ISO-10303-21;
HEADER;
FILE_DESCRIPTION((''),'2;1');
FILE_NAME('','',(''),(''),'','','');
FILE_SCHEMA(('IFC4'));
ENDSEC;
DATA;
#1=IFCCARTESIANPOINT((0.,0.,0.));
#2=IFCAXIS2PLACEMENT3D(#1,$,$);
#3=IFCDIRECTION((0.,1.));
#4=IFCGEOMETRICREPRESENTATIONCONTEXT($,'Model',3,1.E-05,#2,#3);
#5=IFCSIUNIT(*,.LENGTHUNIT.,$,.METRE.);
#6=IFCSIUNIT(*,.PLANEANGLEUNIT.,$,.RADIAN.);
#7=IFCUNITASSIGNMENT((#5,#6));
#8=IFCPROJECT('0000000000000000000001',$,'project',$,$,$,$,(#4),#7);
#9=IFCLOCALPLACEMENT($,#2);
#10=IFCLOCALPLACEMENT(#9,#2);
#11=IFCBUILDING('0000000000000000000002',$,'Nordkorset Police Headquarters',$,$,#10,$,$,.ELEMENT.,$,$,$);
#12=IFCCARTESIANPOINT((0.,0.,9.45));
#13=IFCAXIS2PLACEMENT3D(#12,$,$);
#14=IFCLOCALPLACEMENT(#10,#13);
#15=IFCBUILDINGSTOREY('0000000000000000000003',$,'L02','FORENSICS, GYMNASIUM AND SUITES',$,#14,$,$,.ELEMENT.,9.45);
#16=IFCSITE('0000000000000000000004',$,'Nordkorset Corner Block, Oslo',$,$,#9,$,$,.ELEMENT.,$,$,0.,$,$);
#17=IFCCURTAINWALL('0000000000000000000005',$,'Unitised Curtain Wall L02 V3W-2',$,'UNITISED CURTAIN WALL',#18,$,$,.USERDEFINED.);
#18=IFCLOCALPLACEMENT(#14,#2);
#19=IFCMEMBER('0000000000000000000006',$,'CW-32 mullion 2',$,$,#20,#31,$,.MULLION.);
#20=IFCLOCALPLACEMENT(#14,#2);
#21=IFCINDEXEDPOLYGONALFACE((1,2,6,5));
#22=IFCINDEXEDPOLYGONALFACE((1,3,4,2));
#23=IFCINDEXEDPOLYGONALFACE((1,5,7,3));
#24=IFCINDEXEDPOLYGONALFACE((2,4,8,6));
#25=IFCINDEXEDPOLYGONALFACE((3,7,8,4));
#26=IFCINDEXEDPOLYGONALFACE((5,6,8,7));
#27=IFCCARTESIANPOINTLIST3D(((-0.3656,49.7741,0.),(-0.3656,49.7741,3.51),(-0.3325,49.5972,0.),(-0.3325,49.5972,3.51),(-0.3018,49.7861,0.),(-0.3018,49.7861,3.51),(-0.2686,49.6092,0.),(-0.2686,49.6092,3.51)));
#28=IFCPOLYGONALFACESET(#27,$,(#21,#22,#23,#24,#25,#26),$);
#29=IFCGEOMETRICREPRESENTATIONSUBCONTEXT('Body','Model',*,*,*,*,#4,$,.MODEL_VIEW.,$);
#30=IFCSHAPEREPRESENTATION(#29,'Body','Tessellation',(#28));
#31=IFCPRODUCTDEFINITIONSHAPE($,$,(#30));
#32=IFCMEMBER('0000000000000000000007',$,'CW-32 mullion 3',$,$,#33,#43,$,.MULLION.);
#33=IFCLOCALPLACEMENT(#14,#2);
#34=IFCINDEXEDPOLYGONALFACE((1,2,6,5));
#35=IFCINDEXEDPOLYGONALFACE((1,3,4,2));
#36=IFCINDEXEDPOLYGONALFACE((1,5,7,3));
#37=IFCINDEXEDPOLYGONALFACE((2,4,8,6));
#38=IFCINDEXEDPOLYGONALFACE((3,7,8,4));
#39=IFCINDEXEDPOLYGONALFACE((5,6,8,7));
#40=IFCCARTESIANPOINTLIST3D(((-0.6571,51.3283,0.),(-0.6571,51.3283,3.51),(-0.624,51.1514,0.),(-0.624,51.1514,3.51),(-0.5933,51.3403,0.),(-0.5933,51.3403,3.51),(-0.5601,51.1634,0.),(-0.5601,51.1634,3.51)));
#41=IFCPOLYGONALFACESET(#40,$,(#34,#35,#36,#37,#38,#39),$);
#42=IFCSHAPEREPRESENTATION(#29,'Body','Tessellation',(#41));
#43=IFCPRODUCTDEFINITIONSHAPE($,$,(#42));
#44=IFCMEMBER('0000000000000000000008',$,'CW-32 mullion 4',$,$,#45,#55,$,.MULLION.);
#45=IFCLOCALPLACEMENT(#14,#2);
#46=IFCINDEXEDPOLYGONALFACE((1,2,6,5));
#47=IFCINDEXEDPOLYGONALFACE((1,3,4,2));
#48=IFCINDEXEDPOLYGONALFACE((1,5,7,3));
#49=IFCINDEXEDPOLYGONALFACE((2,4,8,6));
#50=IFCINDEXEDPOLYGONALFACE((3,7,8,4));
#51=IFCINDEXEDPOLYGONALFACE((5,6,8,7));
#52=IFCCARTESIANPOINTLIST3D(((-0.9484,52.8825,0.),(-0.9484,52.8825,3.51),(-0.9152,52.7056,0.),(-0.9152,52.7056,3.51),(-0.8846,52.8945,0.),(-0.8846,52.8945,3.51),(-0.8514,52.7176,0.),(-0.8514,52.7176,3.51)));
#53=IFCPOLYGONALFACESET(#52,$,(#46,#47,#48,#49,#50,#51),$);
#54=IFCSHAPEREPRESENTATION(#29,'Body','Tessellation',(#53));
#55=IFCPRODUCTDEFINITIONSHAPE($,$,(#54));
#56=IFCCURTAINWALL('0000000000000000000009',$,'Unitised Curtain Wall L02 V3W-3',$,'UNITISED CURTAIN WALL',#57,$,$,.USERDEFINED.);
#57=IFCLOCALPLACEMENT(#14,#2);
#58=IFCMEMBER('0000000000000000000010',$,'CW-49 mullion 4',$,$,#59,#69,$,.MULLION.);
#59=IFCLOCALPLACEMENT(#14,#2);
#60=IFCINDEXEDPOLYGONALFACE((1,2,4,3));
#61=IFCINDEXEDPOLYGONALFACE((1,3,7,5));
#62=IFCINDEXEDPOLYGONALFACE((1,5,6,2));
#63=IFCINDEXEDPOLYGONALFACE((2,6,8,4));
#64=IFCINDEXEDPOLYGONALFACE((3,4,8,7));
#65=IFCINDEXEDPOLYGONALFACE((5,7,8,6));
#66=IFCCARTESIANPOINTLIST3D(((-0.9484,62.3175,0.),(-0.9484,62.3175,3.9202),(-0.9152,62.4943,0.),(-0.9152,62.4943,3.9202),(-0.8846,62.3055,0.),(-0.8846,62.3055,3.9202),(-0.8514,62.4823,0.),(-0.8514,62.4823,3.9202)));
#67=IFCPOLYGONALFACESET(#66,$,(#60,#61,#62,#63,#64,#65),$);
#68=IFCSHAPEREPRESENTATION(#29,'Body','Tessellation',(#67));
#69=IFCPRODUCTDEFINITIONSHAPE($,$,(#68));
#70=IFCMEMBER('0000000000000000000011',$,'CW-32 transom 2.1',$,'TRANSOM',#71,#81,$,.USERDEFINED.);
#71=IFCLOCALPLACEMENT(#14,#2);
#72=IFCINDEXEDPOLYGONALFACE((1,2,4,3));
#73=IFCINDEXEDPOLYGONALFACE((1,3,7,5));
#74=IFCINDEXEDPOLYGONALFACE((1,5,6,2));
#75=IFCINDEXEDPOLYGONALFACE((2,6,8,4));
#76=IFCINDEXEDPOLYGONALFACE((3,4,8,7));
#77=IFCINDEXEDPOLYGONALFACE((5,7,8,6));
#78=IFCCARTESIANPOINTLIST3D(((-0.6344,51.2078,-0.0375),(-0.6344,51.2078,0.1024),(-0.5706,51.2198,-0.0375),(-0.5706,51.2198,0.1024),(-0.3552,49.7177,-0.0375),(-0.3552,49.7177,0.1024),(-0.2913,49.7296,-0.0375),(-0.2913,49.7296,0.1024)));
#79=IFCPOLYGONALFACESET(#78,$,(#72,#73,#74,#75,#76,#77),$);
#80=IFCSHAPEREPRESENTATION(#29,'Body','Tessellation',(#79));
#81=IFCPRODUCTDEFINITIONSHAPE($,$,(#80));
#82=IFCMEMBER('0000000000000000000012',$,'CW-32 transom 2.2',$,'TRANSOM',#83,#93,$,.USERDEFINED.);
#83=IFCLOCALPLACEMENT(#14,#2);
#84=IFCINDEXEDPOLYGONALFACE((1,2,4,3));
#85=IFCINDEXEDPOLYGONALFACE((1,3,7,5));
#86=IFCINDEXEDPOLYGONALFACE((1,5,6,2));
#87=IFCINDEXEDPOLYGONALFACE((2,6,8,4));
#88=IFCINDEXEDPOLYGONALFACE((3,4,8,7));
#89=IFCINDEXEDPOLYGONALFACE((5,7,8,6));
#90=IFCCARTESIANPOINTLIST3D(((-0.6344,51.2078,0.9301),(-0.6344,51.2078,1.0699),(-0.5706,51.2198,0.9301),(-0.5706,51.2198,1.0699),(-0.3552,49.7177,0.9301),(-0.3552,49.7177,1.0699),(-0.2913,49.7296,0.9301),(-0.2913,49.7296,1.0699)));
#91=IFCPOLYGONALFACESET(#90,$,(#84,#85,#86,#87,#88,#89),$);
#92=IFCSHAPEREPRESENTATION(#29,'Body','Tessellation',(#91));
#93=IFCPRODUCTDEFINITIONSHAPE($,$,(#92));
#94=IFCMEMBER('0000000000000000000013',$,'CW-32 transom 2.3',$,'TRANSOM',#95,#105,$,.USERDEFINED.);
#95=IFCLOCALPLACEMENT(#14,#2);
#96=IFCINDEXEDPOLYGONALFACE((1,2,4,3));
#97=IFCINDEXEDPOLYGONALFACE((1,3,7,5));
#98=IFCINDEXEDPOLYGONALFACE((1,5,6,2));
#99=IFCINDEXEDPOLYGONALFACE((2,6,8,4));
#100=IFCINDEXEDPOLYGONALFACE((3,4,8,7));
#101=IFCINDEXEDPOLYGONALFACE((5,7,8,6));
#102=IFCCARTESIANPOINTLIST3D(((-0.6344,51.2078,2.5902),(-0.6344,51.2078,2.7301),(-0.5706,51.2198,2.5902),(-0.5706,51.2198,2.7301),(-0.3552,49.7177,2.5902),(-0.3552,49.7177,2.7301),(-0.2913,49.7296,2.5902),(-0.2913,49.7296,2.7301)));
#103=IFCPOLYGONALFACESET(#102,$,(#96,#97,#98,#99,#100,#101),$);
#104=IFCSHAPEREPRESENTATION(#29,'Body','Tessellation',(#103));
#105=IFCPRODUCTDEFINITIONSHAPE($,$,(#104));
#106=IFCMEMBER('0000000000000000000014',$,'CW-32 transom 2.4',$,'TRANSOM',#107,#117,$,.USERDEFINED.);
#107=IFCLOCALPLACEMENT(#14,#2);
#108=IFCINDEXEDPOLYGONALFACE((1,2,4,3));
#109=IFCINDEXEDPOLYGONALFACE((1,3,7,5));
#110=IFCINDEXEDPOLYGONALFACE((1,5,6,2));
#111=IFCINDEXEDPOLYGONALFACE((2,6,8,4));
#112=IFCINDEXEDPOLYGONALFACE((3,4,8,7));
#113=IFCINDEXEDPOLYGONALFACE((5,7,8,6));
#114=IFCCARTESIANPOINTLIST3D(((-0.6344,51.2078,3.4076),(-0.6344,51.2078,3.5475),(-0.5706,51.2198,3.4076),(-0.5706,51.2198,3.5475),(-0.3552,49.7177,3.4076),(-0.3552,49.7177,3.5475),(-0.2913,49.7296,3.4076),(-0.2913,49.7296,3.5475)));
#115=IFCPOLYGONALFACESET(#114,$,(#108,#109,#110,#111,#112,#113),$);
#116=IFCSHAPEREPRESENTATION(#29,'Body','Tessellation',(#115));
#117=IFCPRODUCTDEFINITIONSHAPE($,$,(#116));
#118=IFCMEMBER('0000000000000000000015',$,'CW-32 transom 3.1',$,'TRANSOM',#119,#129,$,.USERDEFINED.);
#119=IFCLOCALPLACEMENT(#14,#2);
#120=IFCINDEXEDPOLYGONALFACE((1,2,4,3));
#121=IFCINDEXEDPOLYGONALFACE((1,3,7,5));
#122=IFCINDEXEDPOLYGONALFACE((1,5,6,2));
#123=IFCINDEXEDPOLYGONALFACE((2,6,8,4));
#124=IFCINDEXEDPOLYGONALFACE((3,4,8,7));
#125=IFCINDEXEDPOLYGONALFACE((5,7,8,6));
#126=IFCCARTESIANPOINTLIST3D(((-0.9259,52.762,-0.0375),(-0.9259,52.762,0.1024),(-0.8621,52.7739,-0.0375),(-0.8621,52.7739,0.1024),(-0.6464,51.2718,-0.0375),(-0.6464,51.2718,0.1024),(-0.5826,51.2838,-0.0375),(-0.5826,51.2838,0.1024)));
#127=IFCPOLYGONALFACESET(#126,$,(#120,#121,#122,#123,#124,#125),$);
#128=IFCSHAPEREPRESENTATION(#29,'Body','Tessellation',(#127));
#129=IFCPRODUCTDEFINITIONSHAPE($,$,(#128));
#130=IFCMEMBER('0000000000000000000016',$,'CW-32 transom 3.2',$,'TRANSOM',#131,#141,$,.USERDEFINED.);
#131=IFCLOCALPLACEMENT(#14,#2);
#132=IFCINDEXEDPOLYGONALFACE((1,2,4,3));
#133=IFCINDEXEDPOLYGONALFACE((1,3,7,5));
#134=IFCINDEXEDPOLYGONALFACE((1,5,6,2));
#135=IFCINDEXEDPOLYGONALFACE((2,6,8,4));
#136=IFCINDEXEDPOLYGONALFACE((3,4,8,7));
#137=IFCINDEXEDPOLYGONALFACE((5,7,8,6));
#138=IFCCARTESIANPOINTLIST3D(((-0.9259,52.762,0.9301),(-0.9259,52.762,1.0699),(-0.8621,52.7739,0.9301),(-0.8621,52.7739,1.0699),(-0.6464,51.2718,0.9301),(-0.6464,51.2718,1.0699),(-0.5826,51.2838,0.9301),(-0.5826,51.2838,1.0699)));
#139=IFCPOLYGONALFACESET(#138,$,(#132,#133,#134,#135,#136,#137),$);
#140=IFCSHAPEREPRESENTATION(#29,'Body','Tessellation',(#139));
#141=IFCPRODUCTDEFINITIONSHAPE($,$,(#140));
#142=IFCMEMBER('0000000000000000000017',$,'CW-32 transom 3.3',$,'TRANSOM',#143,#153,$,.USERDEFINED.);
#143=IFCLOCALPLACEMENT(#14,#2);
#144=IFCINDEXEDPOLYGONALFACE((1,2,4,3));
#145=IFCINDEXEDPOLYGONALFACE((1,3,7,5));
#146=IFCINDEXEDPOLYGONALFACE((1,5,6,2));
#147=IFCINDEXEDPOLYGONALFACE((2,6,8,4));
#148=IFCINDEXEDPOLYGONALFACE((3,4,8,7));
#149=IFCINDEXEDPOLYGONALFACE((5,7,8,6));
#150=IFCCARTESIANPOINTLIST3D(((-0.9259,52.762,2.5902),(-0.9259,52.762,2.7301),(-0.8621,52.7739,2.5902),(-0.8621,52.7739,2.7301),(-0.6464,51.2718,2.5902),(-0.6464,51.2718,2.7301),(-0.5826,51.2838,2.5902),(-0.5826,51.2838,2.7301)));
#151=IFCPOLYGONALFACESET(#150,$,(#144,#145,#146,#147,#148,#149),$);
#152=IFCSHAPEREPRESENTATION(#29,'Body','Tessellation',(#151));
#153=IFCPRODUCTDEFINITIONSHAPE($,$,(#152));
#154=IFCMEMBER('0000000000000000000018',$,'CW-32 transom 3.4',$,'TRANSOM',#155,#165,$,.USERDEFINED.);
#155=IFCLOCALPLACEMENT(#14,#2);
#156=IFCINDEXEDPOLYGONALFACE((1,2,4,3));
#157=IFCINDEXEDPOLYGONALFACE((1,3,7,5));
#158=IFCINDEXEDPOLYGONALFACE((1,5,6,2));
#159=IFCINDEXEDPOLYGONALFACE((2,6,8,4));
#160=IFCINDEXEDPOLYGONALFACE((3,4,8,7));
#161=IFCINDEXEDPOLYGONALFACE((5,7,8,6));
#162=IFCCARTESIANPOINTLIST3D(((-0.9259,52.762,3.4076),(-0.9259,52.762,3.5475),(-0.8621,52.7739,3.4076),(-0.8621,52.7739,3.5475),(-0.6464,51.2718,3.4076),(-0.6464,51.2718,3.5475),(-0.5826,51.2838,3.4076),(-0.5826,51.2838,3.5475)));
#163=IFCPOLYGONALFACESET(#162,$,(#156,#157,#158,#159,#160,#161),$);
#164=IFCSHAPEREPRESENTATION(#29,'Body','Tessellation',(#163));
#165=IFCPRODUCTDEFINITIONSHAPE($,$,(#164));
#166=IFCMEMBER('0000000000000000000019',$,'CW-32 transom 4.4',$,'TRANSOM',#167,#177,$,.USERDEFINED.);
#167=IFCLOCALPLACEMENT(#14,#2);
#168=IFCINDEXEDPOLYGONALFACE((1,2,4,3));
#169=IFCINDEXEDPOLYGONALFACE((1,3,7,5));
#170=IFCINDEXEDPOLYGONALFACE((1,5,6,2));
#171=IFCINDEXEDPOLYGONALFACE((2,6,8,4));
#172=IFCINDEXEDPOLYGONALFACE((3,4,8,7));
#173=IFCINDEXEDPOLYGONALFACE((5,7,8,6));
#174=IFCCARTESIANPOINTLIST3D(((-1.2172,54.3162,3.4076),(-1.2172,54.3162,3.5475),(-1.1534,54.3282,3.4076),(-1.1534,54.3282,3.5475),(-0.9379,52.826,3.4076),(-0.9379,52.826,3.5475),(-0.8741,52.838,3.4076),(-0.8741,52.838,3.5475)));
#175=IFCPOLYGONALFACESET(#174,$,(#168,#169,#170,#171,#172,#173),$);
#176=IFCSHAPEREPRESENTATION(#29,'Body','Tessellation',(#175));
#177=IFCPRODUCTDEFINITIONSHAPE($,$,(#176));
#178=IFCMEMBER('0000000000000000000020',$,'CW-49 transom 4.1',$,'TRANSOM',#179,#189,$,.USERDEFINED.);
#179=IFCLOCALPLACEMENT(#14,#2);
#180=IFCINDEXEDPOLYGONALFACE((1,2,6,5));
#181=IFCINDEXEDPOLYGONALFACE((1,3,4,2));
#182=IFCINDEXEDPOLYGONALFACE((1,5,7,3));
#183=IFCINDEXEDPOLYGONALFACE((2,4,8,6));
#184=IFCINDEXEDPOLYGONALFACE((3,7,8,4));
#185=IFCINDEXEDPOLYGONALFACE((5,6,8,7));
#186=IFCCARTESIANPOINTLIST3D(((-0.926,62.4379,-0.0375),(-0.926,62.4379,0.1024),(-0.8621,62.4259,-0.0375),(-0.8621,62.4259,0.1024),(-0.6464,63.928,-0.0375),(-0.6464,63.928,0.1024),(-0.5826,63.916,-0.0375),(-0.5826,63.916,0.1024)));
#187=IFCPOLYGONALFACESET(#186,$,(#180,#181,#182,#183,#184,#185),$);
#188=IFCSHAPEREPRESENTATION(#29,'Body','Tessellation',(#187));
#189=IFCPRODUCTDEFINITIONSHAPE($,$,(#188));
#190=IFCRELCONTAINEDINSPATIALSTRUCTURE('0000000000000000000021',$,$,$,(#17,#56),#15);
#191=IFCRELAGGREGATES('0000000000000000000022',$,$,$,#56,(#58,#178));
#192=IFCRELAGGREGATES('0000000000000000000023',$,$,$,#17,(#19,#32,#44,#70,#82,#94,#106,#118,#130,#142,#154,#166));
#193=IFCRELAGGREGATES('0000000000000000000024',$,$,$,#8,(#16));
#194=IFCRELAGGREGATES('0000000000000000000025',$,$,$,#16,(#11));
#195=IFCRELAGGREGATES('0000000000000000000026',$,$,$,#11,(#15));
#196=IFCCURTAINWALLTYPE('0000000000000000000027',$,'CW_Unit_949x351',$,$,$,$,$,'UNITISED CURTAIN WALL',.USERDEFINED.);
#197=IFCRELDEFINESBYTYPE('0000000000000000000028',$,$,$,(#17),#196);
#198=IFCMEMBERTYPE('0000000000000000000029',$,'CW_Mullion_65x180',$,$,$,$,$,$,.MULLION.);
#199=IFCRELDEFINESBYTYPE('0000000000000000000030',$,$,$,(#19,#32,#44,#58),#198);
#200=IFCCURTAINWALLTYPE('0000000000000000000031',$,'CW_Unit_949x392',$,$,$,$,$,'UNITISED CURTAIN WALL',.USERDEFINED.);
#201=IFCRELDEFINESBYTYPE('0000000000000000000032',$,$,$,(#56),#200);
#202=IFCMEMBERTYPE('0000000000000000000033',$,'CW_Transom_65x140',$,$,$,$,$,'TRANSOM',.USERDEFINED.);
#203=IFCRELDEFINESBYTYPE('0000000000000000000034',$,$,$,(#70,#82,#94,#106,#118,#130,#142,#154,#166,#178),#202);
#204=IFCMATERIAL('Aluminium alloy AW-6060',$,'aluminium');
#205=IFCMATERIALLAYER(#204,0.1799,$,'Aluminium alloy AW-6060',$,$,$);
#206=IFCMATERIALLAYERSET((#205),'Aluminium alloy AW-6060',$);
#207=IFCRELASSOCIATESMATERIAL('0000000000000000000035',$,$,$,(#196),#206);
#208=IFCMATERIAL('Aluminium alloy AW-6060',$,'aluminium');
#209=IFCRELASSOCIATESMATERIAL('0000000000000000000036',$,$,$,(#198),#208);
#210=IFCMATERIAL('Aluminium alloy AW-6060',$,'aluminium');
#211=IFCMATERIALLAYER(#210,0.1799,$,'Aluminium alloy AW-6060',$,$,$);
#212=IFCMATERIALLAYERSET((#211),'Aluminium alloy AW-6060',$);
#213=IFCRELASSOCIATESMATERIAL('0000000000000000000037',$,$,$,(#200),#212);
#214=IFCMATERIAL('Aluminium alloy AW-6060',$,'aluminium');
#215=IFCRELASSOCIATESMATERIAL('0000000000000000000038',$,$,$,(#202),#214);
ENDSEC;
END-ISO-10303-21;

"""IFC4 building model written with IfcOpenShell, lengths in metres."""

from ifc_helpers import new_model, si_unit, direction, frame, origin, origin_2d, place, context, subcontext, project, spatial, rectangle, extrude, material, layer, layer_set, material_profile, profile_set, type_object, element, aggregate, save


model = new_model("IFC4")

# Units and contexts
model_context = context("Model", 3, precision=1e-05, world=origin(), true_north=direction((0.0, 1.0)))
body_context = subcontext(model_context, "Body", "Model", "MODEL_VIEW")
ifc_project = project(units=[si_unit("LENGTHUNIT", "METRE"), si_unit("PLANEANGLEUNIT", "RADIAN")], contexts=[model_context])

# Site, building, storey
site_placement = place(None, origin())
site = spatial("IfcSite", under=ifc_project, at=site_placement, Name="Nordkorset Corner Block, Oslo", CompositionType="ELEMENT", RefElevation=0.0)
building_placement = place(site_placement, origin())
building = spatial("IfcBuilding", under=site, at=building_placement, Name="Nordkorset Police Headquarters", CompositionType="ELEMENT")
storey_placement = place(building_placement, frame((0.0, 0.0, 9.45)))
storey = spatial("IfcBuildingStorey", under=building, at=storey_placement, Name="L02", Description="FORENSICS, GYMNASIUM AND SUITES", CompositionType="ELEMENT", Elevation=9.45)

# Curtain wall, members
ifc_material_1 = material(Name="Aluminium alloy AW-6060", Category="aluminium")
ifc_layer_1 = layer(ifc_material_1, 0.1799, Name="Aluminium alloy AW-6060")
ifc_layer_set_1 = layer_set([ifc_layer_1], Name="Aluminium alloy AW-6060")
curtain_wall_type_1 = type_object("IfcCurtainWallType", Name="CW_Unit_949x351", ElementType="UNITISED CURTAIN WALL", PredefinedType="USERDEFINED", material=ifc_layer_set_1)
curtain_wall_1_placement = place(storey_placement, origin())
curtain_wall_1 = element("IfcCurtainWall", 1, at=curtain_wall_1_placement, inside=storey, type_object=curtain_wall_type_1, Name="Unitised Curtain Wall L02 V3W-2", ObjectType="UNITISED CURTAIN WALL", PredefinedType="USERDEFINED")
ifc_material_2 = material(Name="Aluminium alloy AW-6060", Category="aluminium")
ifc_material_profile_1 = material_profile(ifc_material_2, rectangle(XDim=0.0649, YDim=0.1799, at=origin_2d()), Name="ALU MULL 65x180")
ifc_profile_set_1 = profile_set([ifc_material_profile_1], Name="Aluminium alloy AW-6060")
member_type_1 = type_object("IfcMemberType", Name="CW_Mullion_65x180", PredefinedType="MULLION", material=ifc_profile_set_1)
member_1_placement = place(storey_placement, frame((-0.3171, 49.6917, 0.0), z_axis=(0.0, 0.0, 1.0), x_axis=(-0.982872, -0.184289, 0.0)))
member_1 = element("IfcMember", 2, at=member_1_placement, type_object=member_type_1, Name="CW-32 mullion 2", PredefinedType="MULLION", context=body_context, shape_type="SweptSolid", body=[
    extrude(rectangle(XDim=0.0649, YDim=0.1799, at=origin_2d()), origin(), (0.0, 0.0, 1.0), 3.51),
])
member_2_placement = place(storey_placement, frame((-0.6086, 51.2458, 0.0), z_axis=(0.0, 0.0, 1.0), x_axis=(-0.982872, -0.184289, 0.0)))
member_2 = element("IfcMember", 3, at=member_2_placement, type_object=member_type_1, Name="CW-32 mullion 3", PredefinedType="MULLION", context=body_context, shape_type="SweptSolid", body=[
    extrude(rectangle(XDim=0.0649, YDim=0.1799, at=origin_2d()), origin(), (0.0, 0.0, 1.0), 3.51),
])
member_3_placement = place(storey_placement, frame((-0.8999, 52.8, 0.0), z_axis=(0.0, 0.0, 1.0), x_axis=(-0.982872, -0.184289, 0.0)))
member_3 = element("IfcMember", 4, at=member_3_placement, type_object=member_type_1, Name="CW-32 mullion 4", PredefinedType="MULLION", context=body_context, shape_type="SweptSolid", body=[
    extrude(rectangle(XDim=0.0649, YDim=0.1799, at=origin_2d()), origin(), (0.0, 0.0, 1.0), 3.51),
])

# Curtain wall, member
ifc_material_3 = material(Name="Aluminium alloy AW-6060", Category="aluminium")
ifc_layer_2 = layer(ifc_material_3, 0.1799, Name="Aluminium alloy AW-6060")
ifc_layer_set_2 = layer_set([ifc_layer_2], Name="Aluminium alloy AW-6060")
curtain_wall_type_2 = type_object("IfcCurtainWallType", Name="CW_Unit_949x392", ElementType="UNITISED CURTAIN WALL", PredefinedType="USERDEFINED", material=ifc_layer_set_2)
curtain_wall_2_placement = place(storey_placement, origin())
curtain_wall_2 = element("IfcCurtainWall", 5, at=curtain_wall_2_placement, inside=storey, type_object=curtain_wall_type_2, Name="Unitised Curtain Wall L02 V3W-3", ObjectType="UNITISED CURTAIN WALL", PredefinedType="USERDEFINED")
member_4_placement = place(storey_placement, frame((-0.8999, 62.3999, 0.0), z_axis=(0.0, 0.0, 1.0), x_axis=(-0.982872, 0.184289, 0.0)))
member_4 = element("IfcMember", 6, at=member_4_placement, type_object=member_type_1, Name="CW-49 mullion 4", PredefinedType="MULLION", context=body_context, shape_type="SweptSolid", body=[
    extrude(rectangle(XDim=0.0649, YDim=0.1799, at=origin_2d()), origin(), (0.0, 0.0, 1.0), 3.9202),
])

# Members
ifc_material_4 = material(Name="Aluminium alloy AW-6060", Category="aluminium")
ifc_material_profile_2 = material_profile(ifc_material_4, rectangle(XDim=0.0649, YDim=0.1399, at=origin_2d()), Name="ALU TRAN 65x140")
ifc_profile_set_2 = profile_set([ifc_material_profile_2], Name="Aluminium alloy AW-6060")
member_type_2 = type_object("IfcMemberType", Name="CW_Transom_65x140", ElementType="TRANSOM", PredefinedType="USERDEFINED", material=ifc_profile_set_2)
member_5_placement = place(storey_placement, frame((-0.3232, 49.7236, 0.0325), z_axis=(-0.184211, 0.982887, 0.0), x_axis=(-0.982887, -0.184211, 0.0)))
member_5 = element("IfcMember", 7, at=member_5_placement, type_object=member_type_2, Name="CW-32 transom 2.1", ObjectType="TRANSOM", PredefinedType="USERDEFINED", context=body_context, shape_type="SweptSolid", body=[
    extrude(rectangle(XDim=0.0649, YDim=0.1399, at=origin_2d()), origin(), (0.0, 0.0, 1.0), 1.5161),
])
member_6_placement = place(storey_placement, frame((-0.3232, 49.7236, 1.0), z_axis=(-0.184211, 0.982887, 0.0), x_axis=(-0.982887, -0.184211, 0.0)))
member_6 = element("IfcMember", 8, at=member_6_placement, type_object=member_type_2, Name="CW-32 transom 2.2", ObjectType="TRANSOM", PredefinedType="USERDEFINED", context=body_context, shape_type="SweptSolid", body=[
    extrude(rectangle(XDim=0.0649, YDim=0.1399, at=origin_2d()), origin(), (0.0, 0.0, 1.0), 1.5161),
])
member_7_placement = place(storey_placement, frame((-0.3232, 49.7236, 2.6602), z_axis=(-0.184211, 0.982887, 0.0), x_axis=(-0.982887, -0.184211, 0.0)))
member_7 = element("IfcMember", 9, at=member_7_placement, type_object=member_type_2, Name="CW-32 transom 2.3", ObjectType="TRANSOM", PredefinedType="USERDEFINED", context=body_context, shape_type="SweptSolid", body=[
    extrude(rectangle(XDim=0.0649, YDim=0.1399, at=origin_2d()), origin(), (0.0, 0.0, 1.0), 1.5161),
])
member_8_placement = place(storey_placement, frame((-0.3232, 49.7236, 3.4775), z_axis=(-0.184211, 0.982887, 0.0), x_axis=(-0.982887, -0.184211, 0.0)))
member_8 = element("IfcMember", 10, at=member_8_placement, type_object=member_type_2, Name="CW-32 transom 2.4", ObjectType="TRANSOM", PredefinedType="USERDEFINED", context=body_context, shape_type="SweptSolid", body=[
    extrude(rectangle(XDim=0.0649, YDim=0.1399, at=origin_2d()), origin(), (0.0, 0.0, 1.0), 1.5161),
])
member_9_placement = place(storey_placement, frame((-0.6145, 51.2778, 0.0325), z_axis=(-0.184366, 0.982858, 0.0), x_axis=(-0.982858, -0.184366, 0.0)))
member_9 = element("IfcMember", 11, at=member_9_placement, type_object=member_type_2, Name="CW-32 transom 3.1", ObjectType="TRANSOM", PredefinedType="USERDEFINED", context=body_context, shape_type="SweptSolid", body=[
    extrude(rectangle(XDim=0.0649, YDim=0.1399, at=origin_2d()), origin(), (0.0, 0.0, 1.0), 1.5161),
])
member_10_placement = place(storey_placement, frame((-0.6145, 51.2778, 1.0), z_axis=(-0.184366, 0.982858, 0.0), x_axis=(-0.982858, -0.184366, 0.0)))
member_10 = element("IfcMember", 12, at=member_10_placement, type_object=member_type_2, Name="CW-32 transom 3.2", ObjectType="TRANSOM", PredefinedType="USERDEFINED", context=body_context, shape_type="SweptSolid", body=[
    extrude(rectangle(XDim=0.0649, YDim=0.1399, at=origin_2d()), origin(), (0.0, 0.0, 1.0), 1.5161),
])
member_11_placement = place(storey_placement, frame((-0.6145, 51.2778, 2.6602), z_axis=(-0.184366, 0.982858, 0.0), x_axis=(-0.982858, -0.184366, 0.0)))
member_11 = element("IfcMember", 13, at=member_11_placement, type_object=member_type_2, Name="CW-32 transom 3.3", ObjectType="TRANSOM", PredefinedType="USERDEFINED", context=body_context, shape_type="SweptSolid", body=[
    extrude(rectangle(XDim=0.0649, YDim=0.1399, at=origin_2d()), origin(), (0.0, 0.0, 1.0), 1.5161),
])
member_12_placement = place(storey_placement, frame((-0.6145, 51.2778, 3.4775), z_axis=(-0.184366, 0.982858, 0.0), x_axis=(-0.982858, -0.184366, 0.0)))
member_12 = element("IfcMember", 14, at=member_12_placement, type_object=member_type_2, Name="CW-32 transom 3.4", ObjectType="TRANSOM", PredefinedType="USERDEFINED", context=body_context, shape_type="SweptSolid", body=[
    extrude(rectangle(XDim=0.0649, YDim=0.1399, at=origin_2d()), origin(), (0.0, 0.0, 1.0), 1.5161),
])
member_13_placement = place(storey_placement, frame((-0.906, 52.832, 3.4775), z_axis=(-0.184211, 0.982887, 0.0), x_axis=(-0.982887, -0.184211, 0.0)))
member_13 = element("IfcMember", 15, at=member_13_placement, type_object=member_type_2, Name="CW-32 transom 4.4", ObjectType="TRANSOM", PredefinedType="USERDEFINED", context=body_context, shape_type="SweptSolid", body=[
    extrude(rectangle(XDim=0.0649, YDim=0.1399, at=origin_2d()), origin(), (0.0, 0.0, 1.0), 1.5161),
])
member_14_placement = place(storey_placement, frame((-0.894, 62.4319, 0.0325), z_axis=(0.184366, 0.982858, 0.0), x_axis=(-0.982858, 0.184366, 0.0)))
member_14 = element("IfcMember", 16, at=member_14_placement, type_object=member_type_2, Name="CW-49 transom 4.1", ObjectType="TRANSOM", PredefinedType="USERDEFINED", context=body_context, shape_type="SweptSolid", body=[
    extrude(rectangle(XDim=0.0649, YDim=0.1399, at=origin_2d()), origin(), (0.0, 0.0, 1.0), 1.5161),
])
aggregate(curtain_wall_2, [member_4, member_14])

aggregate(curtain_wall_1, [member_1, member_2, member_3, member_5, member_6, member_7, member_8, member_9, member_10, member_11, member_12, member_13])

save(model, "model.ifc")
